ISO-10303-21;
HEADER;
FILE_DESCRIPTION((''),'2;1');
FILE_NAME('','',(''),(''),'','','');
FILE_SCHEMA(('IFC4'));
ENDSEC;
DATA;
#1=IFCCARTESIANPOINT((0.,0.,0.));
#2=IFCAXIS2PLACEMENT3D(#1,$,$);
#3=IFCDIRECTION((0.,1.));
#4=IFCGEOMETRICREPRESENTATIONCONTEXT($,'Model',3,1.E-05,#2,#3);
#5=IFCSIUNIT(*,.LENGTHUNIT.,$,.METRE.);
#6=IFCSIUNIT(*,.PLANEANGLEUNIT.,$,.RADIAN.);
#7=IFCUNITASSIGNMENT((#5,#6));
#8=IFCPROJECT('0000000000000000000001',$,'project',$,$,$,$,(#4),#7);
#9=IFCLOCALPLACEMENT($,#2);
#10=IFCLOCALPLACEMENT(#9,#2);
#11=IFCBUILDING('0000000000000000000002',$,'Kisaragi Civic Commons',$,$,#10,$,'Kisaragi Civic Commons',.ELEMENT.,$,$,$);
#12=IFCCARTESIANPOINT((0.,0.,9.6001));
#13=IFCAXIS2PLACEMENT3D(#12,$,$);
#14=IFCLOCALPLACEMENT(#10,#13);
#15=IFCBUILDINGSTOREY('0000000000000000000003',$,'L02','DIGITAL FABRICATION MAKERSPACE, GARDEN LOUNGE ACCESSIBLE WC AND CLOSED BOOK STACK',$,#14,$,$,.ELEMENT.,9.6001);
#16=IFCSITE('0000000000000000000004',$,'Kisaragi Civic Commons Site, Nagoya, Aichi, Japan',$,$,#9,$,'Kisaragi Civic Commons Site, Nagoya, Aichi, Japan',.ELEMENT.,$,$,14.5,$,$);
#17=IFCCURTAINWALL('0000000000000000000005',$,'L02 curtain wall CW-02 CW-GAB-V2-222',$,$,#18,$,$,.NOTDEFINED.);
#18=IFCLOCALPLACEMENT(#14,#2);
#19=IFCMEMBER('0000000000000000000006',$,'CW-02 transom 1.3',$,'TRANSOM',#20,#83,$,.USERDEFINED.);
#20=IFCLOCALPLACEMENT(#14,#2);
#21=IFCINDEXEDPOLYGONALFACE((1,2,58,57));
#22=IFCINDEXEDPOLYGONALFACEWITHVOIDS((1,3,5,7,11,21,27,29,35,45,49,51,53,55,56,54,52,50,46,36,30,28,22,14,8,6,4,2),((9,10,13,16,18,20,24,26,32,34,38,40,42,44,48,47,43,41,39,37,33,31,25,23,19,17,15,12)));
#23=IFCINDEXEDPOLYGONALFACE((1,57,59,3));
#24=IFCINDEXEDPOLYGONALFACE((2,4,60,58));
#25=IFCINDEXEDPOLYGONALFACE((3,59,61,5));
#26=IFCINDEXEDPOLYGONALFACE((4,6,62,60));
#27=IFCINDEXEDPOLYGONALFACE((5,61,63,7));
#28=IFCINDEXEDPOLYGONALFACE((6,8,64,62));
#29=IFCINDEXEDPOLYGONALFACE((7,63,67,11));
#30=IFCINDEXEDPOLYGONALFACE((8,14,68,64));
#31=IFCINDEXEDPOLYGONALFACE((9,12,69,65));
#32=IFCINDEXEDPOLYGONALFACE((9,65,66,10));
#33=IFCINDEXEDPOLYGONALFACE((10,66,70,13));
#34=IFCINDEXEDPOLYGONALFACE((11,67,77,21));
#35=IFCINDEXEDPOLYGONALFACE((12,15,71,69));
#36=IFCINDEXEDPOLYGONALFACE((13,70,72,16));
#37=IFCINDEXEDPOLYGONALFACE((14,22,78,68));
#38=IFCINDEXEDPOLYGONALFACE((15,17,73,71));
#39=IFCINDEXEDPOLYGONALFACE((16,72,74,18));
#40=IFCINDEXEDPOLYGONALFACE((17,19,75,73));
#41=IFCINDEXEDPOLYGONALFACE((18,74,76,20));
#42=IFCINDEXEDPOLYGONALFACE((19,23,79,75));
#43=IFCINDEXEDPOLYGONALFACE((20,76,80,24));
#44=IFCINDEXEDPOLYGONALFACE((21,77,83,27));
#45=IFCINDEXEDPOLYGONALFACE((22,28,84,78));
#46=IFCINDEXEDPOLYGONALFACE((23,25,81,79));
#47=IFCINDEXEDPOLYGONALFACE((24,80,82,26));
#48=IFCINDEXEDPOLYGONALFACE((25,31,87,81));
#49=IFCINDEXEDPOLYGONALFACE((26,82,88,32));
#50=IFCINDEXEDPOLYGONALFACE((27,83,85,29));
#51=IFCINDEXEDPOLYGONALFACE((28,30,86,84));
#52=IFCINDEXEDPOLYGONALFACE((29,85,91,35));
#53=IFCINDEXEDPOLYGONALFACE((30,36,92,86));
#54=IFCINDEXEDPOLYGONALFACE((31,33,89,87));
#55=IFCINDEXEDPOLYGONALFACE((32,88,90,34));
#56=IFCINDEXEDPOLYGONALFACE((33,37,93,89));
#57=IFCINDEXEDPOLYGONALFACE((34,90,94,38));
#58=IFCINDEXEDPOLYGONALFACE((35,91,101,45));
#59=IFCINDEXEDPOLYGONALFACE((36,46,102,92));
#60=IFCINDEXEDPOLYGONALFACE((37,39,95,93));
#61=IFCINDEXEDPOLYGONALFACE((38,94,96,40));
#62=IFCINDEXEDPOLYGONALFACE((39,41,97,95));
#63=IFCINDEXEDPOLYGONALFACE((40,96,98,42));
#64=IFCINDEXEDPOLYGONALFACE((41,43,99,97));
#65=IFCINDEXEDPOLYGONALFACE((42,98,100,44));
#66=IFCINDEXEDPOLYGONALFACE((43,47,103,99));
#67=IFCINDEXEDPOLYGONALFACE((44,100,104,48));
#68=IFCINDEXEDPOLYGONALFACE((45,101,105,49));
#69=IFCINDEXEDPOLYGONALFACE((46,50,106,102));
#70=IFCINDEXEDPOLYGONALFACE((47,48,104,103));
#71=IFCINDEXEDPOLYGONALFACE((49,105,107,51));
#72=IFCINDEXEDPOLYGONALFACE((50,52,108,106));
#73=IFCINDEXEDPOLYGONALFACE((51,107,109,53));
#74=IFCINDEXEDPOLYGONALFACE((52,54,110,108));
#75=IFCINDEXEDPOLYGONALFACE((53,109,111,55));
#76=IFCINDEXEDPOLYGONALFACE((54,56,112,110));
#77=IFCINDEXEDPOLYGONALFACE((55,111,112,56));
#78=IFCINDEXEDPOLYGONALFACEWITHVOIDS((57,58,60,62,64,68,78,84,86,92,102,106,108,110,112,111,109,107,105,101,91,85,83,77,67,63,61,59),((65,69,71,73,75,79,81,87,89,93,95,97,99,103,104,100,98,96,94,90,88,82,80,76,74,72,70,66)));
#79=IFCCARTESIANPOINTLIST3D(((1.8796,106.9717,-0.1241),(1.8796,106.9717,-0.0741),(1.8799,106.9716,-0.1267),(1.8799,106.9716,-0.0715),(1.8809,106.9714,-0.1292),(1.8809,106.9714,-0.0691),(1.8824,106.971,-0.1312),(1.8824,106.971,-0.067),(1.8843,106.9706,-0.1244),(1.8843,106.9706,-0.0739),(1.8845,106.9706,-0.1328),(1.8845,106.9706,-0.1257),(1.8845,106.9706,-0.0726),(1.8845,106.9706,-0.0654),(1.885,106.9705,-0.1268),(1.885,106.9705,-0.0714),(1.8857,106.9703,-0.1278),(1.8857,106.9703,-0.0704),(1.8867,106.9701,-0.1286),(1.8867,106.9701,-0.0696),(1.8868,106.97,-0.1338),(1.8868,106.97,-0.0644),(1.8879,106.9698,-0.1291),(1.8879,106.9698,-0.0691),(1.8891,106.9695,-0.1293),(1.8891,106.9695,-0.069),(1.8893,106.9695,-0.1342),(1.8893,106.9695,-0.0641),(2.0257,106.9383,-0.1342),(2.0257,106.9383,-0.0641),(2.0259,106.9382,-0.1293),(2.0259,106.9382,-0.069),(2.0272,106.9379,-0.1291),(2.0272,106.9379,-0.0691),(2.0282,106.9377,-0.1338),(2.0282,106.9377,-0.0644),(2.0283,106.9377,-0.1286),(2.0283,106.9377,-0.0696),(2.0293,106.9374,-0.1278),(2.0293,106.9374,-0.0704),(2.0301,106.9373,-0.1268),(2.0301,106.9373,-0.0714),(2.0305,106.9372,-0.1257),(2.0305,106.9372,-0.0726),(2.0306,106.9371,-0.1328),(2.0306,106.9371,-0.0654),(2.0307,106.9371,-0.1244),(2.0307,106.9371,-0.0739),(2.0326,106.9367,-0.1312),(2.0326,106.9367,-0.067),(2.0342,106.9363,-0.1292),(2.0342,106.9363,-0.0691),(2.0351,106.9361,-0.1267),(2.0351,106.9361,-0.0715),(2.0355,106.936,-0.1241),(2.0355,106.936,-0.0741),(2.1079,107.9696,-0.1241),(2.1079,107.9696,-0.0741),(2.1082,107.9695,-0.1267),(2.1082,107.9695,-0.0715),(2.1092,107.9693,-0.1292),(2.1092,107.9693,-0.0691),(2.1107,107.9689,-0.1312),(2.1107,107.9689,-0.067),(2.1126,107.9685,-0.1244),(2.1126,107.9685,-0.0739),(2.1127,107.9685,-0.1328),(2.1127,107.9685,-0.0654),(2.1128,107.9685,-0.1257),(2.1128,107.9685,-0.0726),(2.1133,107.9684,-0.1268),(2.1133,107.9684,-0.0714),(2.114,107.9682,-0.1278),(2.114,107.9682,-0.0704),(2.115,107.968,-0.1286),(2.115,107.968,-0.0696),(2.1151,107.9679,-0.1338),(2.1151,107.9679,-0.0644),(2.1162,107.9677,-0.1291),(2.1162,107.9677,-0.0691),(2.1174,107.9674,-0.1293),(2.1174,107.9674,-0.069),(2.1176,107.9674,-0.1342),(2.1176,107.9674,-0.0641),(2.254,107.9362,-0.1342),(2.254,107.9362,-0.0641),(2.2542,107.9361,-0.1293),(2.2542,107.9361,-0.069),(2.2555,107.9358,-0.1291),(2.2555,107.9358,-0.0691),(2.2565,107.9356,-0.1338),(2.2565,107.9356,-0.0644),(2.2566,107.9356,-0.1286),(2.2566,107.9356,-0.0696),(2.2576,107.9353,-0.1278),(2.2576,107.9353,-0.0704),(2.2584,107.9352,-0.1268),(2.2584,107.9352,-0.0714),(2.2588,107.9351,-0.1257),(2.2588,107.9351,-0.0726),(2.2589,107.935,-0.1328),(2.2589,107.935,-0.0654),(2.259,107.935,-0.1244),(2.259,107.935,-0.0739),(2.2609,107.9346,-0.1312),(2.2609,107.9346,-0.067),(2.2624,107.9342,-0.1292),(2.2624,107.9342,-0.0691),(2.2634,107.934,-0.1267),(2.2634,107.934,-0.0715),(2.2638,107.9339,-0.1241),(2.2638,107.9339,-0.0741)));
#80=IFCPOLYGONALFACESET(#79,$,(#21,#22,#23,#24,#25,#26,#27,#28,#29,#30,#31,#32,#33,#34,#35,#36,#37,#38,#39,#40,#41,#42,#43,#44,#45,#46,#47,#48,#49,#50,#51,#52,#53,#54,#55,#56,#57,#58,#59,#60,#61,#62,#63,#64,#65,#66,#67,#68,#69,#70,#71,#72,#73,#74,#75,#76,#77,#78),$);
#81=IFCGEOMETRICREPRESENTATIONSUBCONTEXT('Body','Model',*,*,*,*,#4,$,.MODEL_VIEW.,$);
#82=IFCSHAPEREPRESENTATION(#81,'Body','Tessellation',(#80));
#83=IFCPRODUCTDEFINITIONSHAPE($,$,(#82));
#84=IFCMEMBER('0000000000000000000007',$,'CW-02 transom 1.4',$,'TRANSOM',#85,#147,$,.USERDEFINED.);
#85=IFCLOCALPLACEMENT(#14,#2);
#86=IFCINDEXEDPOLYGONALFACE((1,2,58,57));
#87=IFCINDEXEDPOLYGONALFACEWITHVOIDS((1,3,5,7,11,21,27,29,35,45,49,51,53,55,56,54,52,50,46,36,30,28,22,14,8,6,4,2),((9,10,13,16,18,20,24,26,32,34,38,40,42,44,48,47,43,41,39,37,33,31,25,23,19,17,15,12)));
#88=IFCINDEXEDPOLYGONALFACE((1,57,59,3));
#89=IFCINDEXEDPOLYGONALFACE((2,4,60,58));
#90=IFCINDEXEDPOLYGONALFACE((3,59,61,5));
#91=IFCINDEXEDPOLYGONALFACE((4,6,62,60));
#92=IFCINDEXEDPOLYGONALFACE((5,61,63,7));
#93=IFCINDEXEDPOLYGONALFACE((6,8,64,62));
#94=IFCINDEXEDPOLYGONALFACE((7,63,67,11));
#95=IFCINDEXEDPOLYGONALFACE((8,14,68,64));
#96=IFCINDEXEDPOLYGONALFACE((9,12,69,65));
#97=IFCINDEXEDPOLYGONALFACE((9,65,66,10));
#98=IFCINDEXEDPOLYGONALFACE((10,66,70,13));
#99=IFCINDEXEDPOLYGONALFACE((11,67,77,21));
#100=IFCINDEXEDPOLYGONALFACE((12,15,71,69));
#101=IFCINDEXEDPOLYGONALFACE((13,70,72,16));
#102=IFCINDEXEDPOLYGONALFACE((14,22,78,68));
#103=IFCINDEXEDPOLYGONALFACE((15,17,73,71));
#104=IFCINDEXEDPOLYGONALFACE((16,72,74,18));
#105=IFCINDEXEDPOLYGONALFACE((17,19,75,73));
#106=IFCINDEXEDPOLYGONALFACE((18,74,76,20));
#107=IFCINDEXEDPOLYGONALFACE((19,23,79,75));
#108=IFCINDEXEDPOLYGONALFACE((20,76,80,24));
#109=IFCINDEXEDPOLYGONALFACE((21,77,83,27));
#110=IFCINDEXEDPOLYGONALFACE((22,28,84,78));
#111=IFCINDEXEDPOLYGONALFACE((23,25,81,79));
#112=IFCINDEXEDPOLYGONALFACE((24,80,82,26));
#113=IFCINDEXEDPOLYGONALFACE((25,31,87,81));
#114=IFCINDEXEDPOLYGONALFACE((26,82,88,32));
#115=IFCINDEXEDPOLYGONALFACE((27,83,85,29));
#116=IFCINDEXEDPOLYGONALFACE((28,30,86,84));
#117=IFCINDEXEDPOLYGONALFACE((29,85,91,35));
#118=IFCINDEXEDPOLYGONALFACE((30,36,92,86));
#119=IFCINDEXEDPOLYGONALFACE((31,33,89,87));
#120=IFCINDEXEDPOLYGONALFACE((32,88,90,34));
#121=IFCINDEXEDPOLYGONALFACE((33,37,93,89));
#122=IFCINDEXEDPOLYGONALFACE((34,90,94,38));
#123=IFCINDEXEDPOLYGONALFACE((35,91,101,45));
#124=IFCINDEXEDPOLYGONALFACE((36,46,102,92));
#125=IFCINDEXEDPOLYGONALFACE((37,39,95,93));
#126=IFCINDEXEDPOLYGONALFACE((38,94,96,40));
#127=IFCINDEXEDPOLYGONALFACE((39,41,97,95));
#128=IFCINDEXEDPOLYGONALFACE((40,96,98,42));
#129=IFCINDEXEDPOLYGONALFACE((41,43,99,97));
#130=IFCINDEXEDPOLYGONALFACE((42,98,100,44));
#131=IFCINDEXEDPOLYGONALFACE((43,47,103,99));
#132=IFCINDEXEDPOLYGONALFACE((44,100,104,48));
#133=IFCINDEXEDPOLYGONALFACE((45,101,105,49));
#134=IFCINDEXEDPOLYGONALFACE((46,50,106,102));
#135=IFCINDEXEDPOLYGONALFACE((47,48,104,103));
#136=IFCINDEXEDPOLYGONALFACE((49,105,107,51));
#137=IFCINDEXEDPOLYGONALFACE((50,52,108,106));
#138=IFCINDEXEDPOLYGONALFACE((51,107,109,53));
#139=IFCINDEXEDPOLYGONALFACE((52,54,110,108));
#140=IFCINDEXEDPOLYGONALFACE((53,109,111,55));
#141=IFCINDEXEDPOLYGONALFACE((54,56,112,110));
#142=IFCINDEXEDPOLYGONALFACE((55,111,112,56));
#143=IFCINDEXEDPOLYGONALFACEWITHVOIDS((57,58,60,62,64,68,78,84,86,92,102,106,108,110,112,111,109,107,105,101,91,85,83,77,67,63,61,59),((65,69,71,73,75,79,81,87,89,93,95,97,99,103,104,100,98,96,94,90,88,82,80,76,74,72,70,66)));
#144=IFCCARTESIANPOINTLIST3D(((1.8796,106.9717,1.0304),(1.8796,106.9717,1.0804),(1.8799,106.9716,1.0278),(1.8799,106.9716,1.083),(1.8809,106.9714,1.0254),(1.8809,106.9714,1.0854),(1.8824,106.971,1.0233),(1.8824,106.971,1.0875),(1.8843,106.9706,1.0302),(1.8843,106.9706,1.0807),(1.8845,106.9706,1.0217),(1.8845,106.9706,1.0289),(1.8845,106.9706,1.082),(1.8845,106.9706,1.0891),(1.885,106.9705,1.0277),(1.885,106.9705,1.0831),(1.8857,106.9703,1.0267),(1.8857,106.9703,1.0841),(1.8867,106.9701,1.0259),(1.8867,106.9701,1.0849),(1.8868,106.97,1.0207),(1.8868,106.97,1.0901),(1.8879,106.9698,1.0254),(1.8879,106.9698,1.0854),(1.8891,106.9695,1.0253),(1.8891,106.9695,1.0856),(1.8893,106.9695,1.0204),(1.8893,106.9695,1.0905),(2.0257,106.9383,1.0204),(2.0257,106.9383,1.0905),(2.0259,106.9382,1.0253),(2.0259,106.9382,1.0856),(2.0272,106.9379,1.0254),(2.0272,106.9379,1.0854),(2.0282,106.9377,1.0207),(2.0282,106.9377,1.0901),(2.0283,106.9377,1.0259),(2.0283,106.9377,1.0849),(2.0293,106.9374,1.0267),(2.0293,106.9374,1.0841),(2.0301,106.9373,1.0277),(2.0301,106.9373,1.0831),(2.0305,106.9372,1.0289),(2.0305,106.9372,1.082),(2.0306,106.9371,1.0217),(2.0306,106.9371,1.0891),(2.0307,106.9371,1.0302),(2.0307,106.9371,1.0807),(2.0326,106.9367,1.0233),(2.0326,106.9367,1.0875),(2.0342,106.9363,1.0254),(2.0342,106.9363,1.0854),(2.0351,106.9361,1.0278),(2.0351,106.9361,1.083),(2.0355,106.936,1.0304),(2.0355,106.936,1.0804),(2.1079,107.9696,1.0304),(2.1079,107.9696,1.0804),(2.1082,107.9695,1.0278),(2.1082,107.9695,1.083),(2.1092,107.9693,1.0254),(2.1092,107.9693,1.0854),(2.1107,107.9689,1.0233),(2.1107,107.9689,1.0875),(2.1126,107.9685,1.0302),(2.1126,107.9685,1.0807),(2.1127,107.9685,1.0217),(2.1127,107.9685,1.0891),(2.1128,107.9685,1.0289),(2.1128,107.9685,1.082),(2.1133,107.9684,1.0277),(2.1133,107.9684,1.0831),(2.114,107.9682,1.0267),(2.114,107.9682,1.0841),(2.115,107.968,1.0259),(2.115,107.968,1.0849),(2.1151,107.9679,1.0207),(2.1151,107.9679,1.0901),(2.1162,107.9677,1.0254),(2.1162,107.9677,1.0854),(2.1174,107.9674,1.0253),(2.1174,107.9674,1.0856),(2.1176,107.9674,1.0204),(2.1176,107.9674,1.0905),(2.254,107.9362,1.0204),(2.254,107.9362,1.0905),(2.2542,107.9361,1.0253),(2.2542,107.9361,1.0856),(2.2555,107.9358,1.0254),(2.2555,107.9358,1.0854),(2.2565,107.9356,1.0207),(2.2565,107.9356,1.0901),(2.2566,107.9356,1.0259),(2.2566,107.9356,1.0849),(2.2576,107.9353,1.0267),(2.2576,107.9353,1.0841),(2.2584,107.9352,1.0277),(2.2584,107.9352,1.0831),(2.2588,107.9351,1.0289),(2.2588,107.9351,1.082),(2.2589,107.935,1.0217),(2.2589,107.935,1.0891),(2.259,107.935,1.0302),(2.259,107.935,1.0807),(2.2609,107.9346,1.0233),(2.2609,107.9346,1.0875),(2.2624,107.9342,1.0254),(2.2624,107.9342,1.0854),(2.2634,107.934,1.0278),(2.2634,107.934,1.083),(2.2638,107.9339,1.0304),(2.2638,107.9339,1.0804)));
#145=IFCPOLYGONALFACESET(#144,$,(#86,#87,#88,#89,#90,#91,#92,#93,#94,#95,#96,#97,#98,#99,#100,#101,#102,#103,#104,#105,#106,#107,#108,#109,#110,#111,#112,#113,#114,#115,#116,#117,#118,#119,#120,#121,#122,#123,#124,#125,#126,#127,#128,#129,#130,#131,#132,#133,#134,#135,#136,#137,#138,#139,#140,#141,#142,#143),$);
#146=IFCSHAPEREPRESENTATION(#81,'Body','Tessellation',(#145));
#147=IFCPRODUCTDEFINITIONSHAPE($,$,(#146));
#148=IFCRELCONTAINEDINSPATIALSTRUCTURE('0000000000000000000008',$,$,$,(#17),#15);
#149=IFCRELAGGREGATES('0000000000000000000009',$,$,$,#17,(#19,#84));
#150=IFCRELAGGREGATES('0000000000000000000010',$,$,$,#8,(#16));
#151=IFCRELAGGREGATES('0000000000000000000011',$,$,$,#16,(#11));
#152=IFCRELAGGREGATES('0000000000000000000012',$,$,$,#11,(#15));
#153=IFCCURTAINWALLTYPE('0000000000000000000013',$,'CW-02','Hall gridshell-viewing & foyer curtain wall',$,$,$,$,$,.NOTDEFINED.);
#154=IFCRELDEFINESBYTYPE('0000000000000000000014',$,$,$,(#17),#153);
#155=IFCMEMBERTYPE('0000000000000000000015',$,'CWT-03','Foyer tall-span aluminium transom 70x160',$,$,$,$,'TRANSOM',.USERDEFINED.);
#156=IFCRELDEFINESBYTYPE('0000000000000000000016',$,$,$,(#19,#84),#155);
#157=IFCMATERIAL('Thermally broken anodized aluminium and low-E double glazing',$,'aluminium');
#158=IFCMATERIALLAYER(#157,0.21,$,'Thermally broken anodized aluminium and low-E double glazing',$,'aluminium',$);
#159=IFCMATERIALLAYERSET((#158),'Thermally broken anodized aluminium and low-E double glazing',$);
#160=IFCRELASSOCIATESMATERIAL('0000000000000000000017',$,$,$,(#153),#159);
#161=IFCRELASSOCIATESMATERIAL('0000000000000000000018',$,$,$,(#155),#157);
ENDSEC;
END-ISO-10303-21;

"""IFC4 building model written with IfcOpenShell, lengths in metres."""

from ifc_helpers import new_model, si_unit, direction, frame, origin, origin_2d, place, context, subcontext, project, spatial, hollow_rectangle, extrude, material, layer, layer_set, material_profile, profile_set, type_object, element, aggregate, save


model = new_model("IFC4")

# Units and contexts
model_context = context("Model", 3, precision=1e-05, world=origin(), true_north=direction((0.0, 1.0)))
body_context = subcontext(model_context, "Body", "Model", "MODEL_VIEW")
ifc_project = project(units=[si_unit("LENGTHUNIT", "METRE"), si_unit("PLANEANGLEUNIT", "RADIAN")], contexts=[model_context])

# Site, building, storey
site_placement = place(None, origin())
site = spatial("IfcSite", under=ifc_project, at=site_placement, Name="Kisaragi Civic Commons Site, Nagoya, Aichi, Japan", LongName="Kisaragi Civic Commons Site, Nagoya, Aichi, Japan", CompositionType="ELEMENT", RefElevation=14.5)
building_placement = place(site_placement, origin())
building = spatial("IfcBuilding", under=site, at=building_placement, Name="Kisaragi Civic Commons", LongName="Kisaragi Civic Commons", CompositionType="ELEMENT")
storey_placement = place(building_placement, frame((0.0, 0.0, 9.6001)))
storey = spatial("IfcBuildingStorey", under=building, at=storey_placement, Name="L02", Description="DIGITAL FABRICATION MAKERSPACE, GARDEN LOUNGE ACCESSIBLE WC AND CLOSED BOOK STACK", CompositionType="ELEMENT", Elevation=9.6001)

# Shared definitions
ifc_material_1 = material(Name="Thermally broken anodized aluminium and low-E double glazing", Category="aluminium")

# Curtain wall, members
ifc_layer_1 = layer(ifc_material_1, 0.21, Name="Thermally broken anodized aluminium and low-E double glazing", Category="aluminium")
ifc_layer_set_1 = layer_set([ifc_layer_1], Name="Thermally broken anodized aluminium and low-E double glazing")
curtain_wall_type_1 = type_object("IfcCurtainWallType", Name="CW-02", Description="Hall gridshell-viewing & foyer curtain wall", PredefinedType="NOTDEFINED", material=ifc_layer_set_1)
curtain_wall_1_placement = place(storey_placement, origin())
curtain_wall_1 = element("IfcCurtainWall", 1, at=curtain_wall_1_placement, inside=storey, type_object=curtain_wall_type_1, Name="L02 curtain wall CW-02 CW-GAB-V2-222", PredefinedType="NOTDEFINED")
ifc_material_profile_1 = material_profile(ifc_material_1, hollow_rectangle(XDim=0.1599, YDim=0.0701, WallThickness=0.0049, InnerFilletRadius=0.0049, OuterFilletRadius=0.01, at=origin_2d()), Name="CWT-70x160x5", Category="aluminium")
ifc_profile_set_1 = profile_set([ifc_material_profile_1], Name="Thermally broken anodized aluminium and low-E double glazing")
member_type_1 = type_object("IfcMemberType", Name="CWT-03", Description="Foyer tall-span aluminium transom 70x160", ElementType="TRANSOM", PredefinedType="USERDEFINED", material=ifc_profile_set_1)
member_1_placement = place(storey_placement, frame((1.9575, 106.9539, -0.0991), z_axis=(0.223013, 0.974816, 0.0), x_axis=(-0.974816, 0.223013, 0.0)))
member_1 = element("IfcMember", 2, at=member_1_placement, type_object=member_type_1, Name="CW-02 transom 1.3", ObjectType="TRANSOM", PredefinedType="USERDEFINED", context=body_context, shape_type="SweptSolid", body=[
    extrude(hollow_rectangle(XDim=0.1599, YDim=0.0701, WallThickness=0.0049, InnerFilletRadius=0.0049, OuterFilletRadius=0.01, at=origin_2d()), origin(), (0.0, 0.0, 1.0), 1.0237),
])
member_2_placement = place(storey_placement, frame((1.9575, 106.9539, 1.0554), z_axis=(0.223013, 0.974816, 0.0), x_axis=(-0.974816, 0.223013, 0.0)))
member_2 = element("IfcMember", 3, at=member_2_placement, type_object=member_type_1, Name="CW-02 transom 1.4", ObjectType="TRANSOM", PredefinedType="USERDEFINED", context=body_context, shape_type="SweptSolid", body=[
    extrude(hollow_rectangle(XDim=0.1599, YDim=0.0701, WallThickness=0.0049, InnerFilletRadius=0.0049, OuterFilletRadius=0.01, at=origin_2d()), origin(), (0.0, 0.0, 1.0), 1.0237),
])

aggregate(curtain_wall_1, [member_1, member_2])

save(model, "model.ifc")
